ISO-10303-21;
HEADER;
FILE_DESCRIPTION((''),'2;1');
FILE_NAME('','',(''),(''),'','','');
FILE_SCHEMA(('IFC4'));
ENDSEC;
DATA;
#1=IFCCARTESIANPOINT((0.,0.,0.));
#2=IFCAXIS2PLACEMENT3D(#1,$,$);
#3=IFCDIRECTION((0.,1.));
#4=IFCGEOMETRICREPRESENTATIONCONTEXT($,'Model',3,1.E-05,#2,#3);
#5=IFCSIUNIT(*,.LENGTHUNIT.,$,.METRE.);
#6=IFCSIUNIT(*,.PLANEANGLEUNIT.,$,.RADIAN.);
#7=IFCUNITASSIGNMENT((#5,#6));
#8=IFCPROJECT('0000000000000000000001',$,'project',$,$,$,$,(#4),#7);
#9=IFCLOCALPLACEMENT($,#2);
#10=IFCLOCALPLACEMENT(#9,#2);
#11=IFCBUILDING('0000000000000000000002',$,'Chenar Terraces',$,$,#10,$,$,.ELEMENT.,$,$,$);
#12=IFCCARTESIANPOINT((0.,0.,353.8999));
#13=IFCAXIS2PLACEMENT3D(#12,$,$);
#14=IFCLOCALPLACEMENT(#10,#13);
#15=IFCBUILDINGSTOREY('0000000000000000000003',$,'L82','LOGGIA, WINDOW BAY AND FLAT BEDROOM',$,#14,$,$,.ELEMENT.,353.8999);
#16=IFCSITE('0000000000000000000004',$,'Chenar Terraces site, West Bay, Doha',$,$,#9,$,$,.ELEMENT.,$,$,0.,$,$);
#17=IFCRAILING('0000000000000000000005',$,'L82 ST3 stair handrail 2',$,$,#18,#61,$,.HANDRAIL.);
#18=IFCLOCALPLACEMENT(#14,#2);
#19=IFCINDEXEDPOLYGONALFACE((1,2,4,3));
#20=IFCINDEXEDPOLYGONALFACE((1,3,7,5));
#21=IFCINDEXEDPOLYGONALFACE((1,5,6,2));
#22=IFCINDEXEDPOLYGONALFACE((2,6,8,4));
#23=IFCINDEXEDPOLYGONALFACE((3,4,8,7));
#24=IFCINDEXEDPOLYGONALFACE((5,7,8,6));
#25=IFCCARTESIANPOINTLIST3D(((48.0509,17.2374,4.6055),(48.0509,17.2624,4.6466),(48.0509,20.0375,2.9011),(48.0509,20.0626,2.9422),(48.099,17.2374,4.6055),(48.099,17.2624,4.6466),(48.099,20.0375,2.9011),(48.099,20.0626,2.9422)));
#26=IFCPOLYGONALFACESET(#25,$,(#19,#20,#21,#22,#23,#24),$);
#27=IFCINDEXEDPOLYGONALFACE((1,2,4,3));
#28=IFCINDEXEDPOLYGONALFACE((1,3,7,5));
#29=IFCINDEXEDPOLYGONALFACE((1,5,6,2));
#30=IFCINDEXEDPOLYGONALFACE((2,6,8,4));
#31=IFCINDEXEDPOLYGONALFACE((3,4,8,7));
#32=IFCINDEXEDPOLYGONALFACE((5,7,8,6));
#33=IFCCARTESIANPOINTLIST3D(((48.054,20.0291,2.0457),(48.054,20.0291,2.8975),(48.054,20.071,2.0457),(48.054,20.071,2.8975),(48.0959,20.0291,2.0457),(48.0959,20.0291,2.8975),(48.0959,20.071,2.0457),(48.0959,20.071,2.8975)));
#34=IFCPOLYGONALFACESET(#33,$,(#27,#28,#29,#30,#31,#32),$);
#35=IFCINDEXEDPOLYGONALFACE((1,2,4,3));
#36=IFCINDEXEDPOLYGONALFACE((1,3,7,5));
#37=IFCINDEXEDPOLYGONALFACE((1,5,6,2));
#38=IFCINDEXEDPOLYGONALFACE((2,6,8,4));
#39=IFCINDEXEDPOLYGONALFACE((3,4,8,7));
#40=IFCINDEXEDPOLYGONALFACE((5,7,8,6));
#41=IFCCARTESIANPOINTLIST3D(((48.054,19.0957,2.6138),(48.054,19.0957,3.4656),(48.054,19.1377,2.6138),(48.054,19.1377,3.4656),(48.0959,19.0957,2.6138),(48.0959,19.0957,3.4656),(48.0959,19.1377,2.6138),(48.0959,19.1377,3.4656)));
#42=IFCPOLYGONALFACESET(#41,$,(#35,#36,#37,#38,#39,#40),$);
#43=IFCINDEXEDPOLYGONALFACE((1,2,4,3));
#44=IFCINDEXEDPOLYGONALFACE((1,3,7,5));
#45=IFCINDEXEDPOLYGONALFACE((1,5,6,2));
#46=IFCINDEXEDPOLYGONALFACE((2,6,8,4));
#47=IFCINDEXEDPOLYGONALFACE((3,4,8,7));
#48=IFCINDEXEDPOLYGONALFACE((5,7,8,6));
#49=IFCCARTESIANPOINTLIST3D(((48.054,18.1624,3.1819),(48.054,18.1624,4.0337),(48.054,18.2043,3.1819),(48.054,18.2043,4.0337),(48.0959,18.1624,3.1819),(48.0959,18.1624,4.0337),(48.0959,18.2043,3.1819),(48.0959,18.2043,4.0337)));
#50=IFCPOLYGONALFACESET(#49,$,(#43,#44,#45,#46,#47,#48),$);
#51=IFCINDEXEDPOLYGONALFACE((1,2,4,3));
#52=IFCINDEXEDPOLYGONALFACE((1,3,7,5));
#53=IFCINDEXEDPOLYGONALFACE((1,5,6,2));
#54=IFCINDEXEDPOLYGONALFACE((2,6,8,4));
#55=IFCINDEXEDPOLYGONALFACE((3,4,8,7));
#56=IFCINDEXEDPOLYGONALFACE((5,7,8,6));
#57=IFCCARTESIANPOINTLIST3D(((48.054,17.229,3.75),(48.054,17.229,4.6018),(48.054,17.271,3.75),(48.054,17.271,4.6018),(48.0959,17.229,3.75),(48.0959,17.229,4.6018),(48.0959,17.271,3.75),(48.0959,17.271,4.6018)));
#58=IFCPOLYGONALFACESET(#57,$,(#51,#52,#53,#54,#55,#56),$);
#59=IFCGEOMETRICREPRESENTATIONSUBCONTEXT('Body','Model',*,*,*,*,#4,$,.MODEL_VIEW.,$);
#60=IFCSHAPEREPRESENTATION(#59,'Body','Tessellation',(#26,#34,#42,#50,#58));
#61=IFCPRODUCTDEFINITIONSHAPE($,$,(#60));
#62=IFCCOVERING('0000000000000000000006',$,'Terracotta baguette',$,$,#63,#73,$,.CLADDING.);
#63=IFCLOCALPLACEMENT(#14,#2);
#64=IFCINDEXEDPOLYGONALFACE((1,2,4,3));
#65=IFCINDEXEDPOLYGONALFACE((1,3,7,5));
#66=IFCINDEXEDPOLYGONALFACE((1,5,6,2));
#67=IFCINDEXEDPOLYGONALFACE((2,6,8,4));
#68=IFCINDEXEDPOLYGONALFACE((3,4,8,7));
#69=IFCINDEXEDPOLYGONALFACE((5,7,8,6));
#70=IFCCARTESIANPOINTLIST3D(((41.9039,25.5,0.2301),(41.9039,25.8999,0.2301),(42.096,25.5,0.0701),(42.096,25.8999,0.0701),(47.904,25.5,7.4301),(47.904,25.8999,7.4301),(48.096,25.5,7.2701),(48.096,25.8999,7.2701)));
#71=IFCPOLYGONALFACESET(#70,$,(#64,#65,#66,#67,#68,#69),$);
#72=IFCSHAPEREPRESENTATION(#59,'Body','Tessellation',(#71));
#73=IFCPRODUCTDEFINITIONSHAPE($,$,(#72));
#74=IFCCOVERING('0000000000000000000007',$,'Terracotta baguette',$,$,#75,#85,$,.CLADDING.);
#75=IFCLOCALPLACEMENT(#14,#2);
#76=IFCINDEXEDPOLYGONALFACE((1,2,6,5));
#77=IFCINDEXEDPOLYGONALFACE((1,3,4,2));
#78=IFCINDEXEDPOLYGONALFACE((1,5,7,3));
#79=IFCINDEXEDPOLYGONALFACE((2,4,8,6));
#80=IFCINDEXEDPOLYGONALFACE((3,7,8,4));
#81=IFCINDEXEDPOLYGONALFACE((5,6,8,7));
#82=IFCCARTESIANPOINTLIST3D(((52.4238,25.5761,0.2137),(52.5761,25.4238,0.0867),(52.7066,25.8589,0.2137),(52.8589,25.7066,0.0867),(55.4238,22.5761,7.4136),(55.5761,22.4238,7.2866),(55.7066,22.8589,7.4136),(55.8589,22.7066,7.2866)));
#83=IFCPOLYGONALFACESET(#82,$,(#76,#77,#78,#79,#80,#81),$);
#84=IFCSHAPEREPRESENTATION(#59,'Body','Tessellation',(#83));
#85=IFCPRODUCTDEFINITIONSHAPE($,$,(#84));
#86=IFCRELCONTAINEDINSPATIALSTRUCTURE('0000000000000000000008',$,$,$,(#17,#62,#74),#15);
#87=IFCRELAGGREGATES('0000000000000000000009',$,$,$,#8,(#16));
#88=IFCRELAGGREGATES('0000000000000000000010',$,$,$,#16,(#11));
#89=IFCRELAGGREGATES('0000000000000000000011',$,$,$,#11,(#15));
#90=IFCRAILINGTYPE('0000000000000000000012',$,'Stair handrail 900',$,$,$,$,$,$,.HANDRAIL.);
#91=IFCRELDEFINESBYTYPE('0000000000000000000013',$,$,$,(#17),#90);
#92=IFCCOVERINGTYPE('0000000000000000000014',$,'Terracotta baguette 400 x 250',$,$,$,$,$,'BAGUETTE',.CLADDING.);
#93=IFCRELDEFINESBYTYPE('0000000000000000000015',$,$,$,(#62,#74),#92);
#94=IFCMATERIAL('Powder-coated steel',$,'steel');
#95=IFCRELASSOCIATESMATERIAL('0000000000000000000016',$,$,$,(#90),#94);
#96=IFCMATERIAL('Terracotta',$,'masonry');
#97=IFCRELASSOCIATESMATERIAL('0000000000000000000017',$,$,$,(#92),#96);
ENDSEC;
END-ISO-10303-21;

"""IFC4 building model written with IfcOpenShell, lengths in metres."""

from ifc_helpers import new_model, si_unit, direction, frame, origin, origin_2d, place, context, subcontext, project, spatial, rectangle, extrude, material, material_profile, profile_set, type_object, element, save


model = new_model("IFC4")

# Units and contexts
model_context = context("Model", 3, precision=1e-05, world=origin(), true_north=direction((0.0, 1.0)))
body_context = subcontext(model_context, "Body", "Model", "MODEL_VIEW")
ifc_project = project(units=[si_unit("LENGTHUNIT", "METRE"), si_unit("PLANEANGLEUNIT", "RADIAN")], contexts=[model_context])

# Site, building, storey
site_placement = place(None, origin())
site = spatial("IfcSite", under=ifc_project, at=site_placement, Name="Chenar Terraces site, West Bay, Doha", CompositionType="ELEMENT", RefElevation=0.0)
building_placement = place(site_placement, origin())
building = spatial("IfcBuilding", under=site, at=building_placement, Name="Chenar Terraces", CompositionType="ELEMENT")
storey_placement = place(building_placement, frame((0.0, 0.0, 353.8999)))
storey = spatial("IfcBuildingStorey", under=building, at=storey_placement, Name="L82", Description="LOGGIA, WINDOW BAY AND FLAT BEDROOM", CompositionType="ELEMENT", Elevation=353.8999)

# Railing
ifc_material_1 = material(Name="Powder-coated steel", Category="steel")
railing_type_1 = type_object("IfcRailingType", Name="Stair handrail 900", PredefinedType="HANDRAIL", material=ifc_material_1)
railing_1_placement = place(storey_placement, frame((48.075, 20.05, 2.0457)))
element("IfcRailing", 1, at=railing_1_placement, inside=storey, type_object=railing_type_1, Name="L82 ST3 stair handrail 2", PredefinedType="HANDRAIL", context=body_context, shape_type="SweptSolid", body=[
    extrude(rectangle(XDim=0.0481, YDim=0.0481, at=origin_2d()), frame((0.0, 0.0, 0.876), z_axis=(0.0, -0.854203, 0.51994), x_axis=(1.0, 0.0, 0.0)), (0.0, 0.0, 1.0), 3.2781),
    extrude(rectangle(XDim=0.042, YDim=0.042, at=origin_2d()), origin(), (0.0, 0.0, 1.0), 0.8518),
    extrude(rectangle(XDim=0.042, YDim=0.042, at=origin_2d()), frame((0.0, -0.9333, 0.5681)), (0.0, 0.0, 1.0), 0.8518),
    extrude(rectangle(XDim=0.042, YDim=0.042, at=origin_2d()), frame((0.0, -1.8667, 1.1362)), (0.0, 0.0, 1.0), 0.8518),
    extrude(rectangle(XDim=0.042, YDim=0.042, at=origin_2d()), frame((0.0, -2.8, 1.7043)), (0.0, 0.0, 1.0), 0.8518),
])

# Coverings
ifc_material_2 = material(Name="Terracotta", Category="masonry")
ifc_material_profile_1 = material_profile(ifc_material_2, rectangle(XDim=0.3999, YDim=0.25, at=origin_2d()), Name="Terracotta baguette 400 x 250")
ifc_profile_set_1 = profile_set([ifc_material_profile_1], Name="Terracotta")
covering_type = type_object("IfcCoveringType", Name="Terracotta baguette 400 x 250", ElementType="BAGUETTE", PredefinedType="CLADDING", material=ifc_profile_set_1)
covering_1_placement = place(storey_placement, frame((48.0, 25.7, 7.3501), z_axis=(-0.640187, 0.0, -0.768219), x_axis=(0.0, -1.0, 0.0)))
element("IfcCovering", 2, at=covering_1_placement, inside=storey, type_object=covering_type, Name="Terracotta baguette", PredefinedType="CLADDING", context=body_context, shape_type="SweptSolid", body=[
    extrude(rectangle(XDim=0.3999, YDim=0.25, at=origin_2d()), origin(), (0.0, 0.0, 1.0), 9.3723),
])
covering_2_placement = place(storey_placement, frame((55.6414, 22.6414, 7.3501), z_axis=(-0.358981, 0.358981, -0.861548), x_axis=(-0.707107, -0.707107, 0.0)))
element("IfcCovering", 3, at=covering_2_placement, inside=storey, type_object=covering_type, Name="Terracotta baguette", PredefinedType="CLADDING", context=body_context, shape_type="SweptSolid", body=[
    extrude(rectangle(XDim=0.3999, YDim=0.25, at=origin_2d()), origin(), (0.0, 0.0, 1.0), 8.3569),
])

save(model, "model.ifc")
